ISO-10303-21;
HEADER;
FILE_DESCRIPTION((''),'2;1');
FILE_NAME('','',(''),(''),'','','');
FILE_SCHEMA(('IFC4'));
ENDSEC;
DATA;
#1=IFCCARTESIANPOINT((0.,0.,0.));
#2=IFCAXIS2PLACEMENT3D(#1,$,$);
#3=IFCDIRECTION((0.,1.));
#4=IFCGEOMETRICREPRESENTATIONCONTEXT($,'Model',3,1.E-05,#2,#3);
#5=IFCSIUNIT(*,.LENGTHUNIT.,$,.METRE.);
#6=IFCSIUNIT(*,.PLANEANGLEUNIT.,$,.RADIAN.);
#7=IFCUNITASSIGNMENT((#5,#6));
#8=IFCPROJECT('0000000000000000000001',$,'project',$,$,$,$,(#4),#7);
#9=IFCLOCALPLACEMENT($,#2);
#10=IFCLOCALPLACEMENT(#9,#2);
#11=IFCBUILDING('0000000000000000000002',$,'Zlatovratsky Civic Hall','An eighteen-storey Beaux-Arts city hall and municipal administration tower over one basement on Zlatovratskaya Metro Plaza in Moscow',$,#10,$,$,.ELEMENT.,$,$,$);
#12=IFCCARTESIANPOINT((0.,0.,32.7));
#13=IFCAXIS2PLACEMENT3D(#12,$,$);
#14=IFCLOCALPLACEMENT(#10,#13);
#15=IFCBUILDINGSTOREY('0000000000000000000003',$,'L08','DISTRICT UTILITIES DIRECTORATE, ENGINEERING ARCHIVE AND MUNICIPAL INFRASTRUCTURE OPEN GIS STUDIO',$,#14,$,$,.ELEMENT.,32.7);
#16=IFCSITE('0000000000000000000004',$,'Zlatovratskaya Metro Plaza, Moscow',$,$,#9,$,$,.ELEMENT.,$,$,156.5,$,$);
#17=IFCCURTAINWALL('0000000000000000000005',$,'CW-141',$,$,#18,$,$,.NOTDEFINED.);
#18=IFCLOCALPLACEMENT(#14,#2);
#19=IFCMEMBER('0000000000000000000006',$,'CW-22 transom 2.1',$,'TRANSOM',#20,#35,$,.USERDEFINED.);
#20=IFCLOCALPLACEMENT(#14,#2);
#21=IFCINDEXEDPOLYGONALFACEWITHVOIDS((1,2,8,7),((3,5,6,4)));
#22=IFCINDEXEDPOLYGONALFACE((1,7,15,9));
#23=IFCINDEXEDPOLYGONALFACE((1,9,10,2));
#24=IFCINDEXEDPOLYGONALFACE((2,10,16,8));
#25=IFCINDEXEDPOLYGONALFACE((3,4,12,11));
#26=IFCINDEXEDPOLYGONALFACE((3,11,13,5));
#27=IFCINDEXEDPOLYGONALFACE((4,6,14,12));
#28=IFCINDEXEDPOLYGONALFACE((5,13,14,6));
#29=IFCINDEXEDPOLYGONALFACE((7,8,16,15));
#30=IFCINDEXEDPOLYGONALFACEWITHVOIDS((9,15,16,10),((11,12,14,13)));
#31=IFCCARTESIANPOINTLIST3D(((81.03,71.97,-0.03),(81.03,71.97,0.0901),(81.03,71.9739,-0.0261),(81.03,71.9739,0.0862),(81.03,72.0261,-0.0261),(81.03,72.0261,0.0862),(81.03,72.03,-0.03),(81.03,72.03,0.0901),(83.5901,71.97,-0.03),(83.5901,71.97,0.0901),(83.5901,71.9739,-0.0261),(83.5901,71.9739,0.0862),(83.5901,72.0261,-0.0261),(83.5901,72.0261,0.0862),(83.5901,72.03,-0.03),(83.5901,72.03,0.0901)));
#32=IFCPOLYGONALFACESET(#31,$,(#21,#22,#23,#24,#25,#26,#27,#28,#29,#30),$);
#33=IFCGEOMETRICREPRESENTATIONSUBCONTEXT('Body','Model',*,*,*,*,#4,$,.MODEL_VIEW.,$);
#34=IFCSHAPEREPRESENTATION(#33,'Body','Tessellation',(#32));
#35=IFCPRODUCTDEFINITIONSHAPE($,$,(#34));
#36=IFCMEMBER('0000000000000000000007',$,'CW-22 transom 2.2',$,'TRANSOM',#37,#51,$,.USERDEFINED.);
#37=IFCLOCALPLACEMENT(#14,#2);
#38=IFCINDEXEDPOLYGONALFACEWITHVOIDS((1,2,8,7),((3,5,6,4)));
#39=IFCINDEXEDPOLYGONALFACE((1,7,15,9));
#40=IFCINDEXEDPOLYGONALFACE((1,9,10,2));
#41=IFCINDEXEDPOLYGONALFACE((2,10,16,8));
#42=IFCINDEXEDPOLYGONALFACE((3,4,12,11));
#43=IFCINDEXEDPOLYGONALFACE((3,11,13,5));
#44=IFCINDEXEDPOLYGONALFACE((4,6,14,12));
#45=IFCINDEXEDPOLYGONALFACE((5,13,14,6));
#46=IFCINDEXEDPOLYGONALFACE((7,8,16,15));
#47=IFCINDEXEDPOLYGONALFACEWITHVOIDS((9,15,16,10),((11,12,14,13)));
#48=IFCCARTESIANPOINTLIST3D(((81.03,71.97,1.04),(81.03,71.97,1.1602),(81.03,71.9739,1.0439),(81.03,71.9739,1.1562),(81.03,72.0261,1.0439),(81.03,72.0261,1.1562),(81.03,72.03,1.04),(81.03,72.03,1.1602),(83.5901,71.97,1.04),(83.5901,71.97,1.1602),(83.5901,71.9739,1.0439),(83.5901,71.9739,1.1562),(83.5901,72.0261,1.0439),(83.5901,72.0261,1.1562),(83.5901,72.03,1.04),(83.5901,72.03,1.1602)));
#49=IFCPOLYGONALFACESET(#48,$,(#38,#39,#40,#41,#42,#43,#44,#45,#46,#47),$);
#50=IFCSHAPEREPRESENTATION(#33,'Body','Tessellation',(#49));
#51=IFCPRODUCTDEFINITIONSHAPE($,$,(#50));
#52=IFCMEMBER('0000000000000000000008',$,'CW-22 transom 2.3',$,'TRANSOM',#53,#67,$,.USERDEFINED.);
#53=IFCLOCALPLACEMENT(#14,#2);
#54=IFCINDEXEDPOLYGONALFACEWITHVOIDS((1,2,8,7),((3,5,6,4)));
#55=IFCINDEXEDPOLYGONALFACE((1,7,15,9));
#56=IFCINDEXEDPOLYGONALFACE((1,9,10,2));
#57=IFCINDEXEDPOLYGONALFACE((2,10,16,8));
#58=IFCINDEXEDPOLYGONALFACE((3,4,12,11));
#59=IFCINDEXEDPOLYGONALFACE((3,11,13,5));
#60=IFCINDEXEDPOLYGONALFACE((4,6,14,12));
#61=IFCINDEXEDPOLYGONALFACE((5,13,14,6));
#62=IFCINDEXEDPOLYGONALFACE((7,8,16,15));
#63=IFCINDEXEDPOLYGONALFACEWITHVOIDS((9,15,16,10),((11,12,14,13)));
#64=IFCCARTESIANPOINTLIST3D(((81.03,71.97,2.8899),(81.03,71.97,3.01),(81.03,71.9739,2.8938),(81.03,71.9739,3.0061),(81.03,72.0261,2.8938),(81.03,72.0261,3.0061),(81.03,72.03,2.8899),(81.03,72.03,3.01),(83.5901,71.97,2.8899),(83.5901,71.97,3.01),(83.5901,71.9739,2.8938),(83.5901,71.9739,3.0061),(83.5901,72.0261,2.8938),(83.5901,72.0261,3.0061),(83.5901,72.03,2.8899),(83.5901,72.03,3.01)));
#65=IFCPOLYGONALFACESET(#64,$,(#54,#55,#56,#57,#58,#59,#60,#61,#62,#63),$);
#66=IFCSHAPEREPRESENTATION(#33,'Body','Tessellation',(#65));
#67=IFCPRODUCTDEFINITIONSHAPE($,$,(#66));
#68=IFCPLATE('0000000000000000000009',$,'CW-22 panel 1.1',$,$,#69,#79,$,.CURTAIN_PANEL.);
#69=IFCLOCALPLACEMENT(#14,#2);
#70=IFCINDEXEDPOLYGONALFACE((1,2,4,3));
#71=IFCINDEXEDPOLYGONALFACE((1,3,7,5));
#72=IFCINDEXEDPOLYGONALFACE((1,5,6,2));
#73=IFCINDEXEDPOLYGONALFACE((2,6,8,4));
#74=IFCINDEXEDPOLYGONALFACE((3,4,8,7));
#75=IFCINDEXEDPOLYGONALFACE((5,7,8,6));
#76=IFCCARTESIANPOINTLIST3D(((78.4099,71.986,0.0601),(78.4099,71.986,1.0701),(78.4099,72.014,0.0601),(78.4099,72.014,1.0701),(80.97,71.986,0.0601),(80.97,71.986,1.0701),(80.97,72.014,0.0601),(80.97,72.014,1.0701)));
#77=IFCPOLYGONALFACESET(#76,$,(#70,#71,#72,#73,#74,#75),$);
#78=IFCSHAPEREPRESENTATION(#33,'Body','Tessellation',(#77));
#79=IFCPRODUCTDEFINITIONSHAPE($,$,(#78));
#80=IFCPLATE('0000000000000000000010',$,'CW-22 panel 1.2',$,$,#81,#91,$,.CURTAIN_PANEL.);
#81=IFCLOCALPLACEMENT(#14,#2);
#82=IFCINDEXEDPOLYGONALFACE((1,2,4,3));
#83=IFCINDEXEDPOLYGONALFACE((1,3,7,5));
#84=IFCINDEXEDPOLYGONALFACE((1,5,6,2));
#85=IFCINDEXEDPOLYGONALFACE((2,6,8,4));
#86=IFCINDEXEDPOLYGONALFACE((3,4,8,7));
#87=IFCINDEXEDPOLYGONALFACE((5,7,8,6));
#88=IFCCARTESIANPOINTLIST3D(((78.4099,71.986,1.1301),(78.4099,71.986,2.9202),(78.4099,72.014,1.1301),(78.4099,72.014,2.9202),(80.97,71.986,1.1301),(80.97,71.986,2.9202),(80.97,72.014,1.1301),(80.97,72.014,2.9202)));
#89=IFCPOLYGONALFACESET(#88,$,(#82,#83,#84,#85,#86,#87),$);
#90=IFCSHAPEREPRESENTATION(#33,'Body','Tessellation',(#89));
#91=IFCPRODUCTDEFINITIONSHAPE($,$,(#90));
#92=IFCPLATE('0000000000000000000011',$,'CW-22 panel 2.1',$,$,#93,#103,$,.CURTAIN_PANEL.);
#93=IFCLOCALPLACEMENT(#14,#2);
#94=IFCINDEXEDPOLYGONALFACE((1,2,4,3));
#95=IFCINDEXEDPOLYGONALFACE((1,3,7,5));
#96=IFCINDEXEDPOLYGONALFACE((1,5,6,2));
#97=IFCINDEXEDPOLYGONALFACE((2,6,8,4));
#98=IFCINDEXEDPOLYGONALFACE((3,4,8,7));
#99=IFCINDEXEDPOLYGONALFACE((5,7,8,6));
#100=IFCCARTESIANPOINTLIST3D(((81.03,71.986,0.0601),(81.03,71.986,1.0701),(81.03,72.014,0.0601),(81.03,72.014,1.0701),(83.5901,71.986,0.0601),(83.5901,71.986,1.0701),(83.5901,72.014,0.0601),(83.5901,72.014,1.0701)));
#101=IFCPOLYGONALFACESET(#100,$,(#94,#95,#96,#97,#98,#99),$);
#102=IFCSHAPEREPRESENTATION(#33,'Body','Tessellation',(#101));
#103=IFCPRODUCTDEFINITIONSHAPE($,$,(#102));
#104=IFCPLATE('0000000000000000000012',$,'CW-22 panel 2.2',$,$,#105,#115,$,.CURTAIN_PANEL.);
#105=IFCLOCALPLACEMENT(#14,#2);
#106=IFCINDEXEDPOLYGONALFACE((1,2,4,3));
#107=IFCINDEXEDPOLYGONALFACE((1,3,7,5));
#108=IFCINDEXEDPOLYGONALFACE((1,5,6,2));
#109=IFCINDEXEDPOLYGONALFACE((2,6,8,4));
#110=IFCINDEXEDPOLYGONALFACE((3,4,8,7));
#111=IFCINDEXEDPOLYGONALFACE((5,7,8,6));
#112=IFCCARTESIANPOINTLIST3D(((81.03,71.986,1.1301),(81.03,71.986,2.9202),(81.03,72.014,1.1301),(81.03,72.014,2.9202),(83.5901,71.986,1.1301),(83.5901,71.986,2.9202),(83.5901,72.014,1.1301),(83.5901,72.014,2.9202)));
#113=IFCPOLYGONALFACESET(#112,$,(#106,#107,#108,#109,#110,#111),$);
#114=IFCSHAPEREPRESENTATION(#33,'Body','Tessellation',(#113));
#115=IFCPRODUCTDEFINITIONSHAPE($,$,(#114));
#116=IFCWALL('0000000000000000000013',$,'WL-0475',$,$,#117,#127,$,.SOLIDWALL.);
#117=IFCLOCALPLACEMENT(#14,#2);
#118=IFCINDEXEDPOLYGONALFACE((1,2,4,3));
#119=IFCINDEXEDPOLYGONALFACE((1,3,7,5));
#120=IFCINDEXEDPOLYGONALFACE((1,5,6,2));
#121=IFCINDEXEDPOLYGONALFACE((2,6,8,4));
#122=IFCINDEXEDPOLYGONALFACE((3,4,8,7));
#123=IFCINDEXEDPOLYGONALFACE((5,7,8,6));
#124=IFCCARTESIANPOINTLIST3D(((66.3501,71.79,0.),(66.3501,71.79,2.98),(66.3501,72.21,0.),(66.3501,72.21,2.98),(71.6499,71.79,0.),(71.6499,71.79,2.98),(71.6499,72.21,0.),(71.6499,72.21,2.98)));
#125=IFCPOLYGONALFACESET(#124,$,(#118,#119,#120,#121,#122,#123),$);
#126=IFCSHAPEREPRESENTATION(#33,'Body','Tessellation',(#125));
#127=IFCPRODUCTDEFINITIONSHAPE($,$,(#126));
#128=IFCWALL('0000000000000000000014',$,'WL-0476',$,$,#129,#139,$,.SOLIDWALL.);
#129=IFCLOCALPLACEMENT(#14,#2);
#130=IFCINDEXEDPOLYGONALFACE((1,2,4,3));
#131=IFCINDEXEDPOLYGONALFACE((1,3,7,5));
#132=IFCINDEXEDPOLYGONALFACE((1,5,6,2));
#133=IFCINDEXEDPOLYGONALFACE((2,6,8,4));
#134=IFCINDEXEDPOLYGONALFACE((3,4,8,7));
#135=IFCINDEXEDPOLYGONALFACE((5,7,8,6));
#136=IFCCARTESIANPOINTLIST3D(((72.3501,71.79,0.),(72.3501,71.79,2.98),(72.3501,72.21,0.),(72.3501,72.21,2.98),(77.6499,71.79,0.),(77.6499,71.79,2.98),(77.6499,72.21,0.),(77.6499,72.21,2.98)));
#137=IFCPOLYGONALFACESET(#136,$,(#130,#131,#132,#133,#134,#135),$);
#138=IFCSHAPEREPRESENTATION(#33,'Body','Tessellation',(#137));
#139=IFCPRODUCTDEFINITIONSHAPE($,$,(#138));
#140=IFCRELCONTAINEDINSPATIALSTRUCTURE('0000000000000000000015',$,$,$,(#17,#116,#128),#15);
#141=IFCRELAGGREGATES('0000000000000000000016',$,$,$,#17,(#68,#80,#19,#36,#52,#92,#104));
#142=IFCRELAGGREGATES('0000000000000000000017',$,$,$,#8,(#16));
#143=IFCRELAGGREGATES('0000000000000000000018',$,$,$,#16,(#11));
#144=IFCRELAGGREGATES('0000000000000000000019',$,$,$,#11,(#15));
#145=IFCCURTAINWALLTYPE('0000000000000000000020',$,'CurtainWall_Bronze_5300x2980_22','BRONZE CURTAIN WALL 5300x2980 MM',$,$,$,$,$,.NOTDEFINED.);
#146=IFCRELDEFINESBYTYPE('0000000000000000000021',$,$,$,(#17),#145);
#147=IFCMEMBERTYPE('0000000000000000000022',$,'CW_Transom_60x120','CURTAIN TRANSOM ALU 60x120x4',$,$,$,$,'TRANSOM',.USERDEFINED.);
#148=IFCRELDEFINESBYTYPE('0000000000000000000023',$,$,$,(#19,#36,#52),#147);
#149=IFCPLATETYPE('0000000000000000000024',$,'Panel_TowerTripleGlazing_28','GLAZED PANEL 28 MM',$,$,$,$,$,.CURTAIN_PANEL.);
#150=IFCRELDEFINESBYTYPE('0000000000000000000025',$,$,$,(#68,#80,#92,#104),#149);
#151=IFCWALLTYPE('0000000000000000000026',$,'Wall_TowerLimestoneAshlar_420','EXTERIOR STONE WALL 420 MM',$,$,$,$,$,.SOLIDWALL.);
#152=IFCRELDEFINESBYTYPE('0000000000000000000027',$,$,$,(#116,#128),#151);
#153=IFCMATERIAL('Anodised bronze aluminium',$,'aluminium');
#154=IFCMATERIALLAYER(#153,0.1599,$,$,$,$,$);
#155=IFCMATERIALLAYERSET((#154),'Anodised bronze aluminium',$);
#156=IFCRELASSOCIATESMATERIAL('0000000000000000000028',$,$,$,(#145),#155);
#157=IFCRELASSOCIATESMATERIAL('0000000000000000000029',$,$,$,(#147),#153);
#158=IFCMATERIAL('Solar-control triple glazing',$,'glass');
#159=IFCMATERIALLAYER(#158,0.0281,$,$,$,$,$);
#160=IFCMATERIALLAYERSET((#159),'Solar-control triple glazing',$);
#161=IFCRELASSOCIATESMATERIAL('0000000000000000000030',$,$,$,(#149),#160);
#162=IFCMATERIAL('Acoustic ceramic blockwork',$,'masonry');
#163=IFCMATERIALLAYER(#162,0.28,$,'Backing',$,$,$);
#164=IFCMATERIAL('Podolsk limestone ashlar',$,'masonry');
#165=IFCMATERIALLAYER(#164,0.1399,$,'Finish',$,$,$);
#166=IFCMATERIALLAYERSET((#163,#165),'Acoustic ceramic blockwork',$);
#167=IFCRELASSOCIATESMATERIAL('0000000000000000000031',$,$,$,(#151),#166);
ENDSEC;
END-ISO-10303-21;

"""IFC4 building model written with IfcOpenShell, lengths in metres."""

from ifc_helpers import new_model, si_unit, direction, frame, frame_2d, origin, origin_2d, place, context, subcontext, project, spatial, rectangle, hollow_rectangle, extrude, material, layer, layer_set, material_profile, profile_set, type_object, element, aggregate, save


model = new_model("IFC4")

# Units and contexts
model_context = context("Model", 3, precision=1e-05, world=origin(), true_north=direction((0.0, 1.0)))
body_context = subcontext(model_context, "Body", "Model", "MODEL_VIEW")
ifc_project = project(units=[si_unit("LENGTHUNIT", "METRE"), si_unit("PLANEANGLEUNIT", "RADIAN")], contexts=[model_context])

# Site, building, storey
site_placement = place(None, origin())
site = spatial("IfcSite", under=ifc_project, at=site_placement, Name="Zlatovratskaya Metro Plaza, Moscow", CompositionType="ELEMENT", RefElevation=156.5)
building_placement = place(site_placement, origin())
building = spatial("IfcBuilding", under=site, at=building_placement, Name="Zlatovratsky Civic Hall", Description="An eighteen-storey Beaux-Arts city hall and municipal administration tower over one basement on Zlatovratskaya Metro Plaza in Moscow", CompositionType="ELEMENT")
storey_placement = place(building_placement, frame((0.0, 0.0, 32.7)))
storey = spatial("IfcBuildingStorey", under=building, at=storey_placement, Name="L08", Description="DISTRICT UTILITIES DIRECTORATE, ENGINEERING ARCHIVE AND MUNICIPAL INFRASTRUCTURE OPEN GIS STUDIO", CompositionType="ELEMENT", Elevation=32.7)

# Curtain wall, members, plates
ifc_material_1 = material(Name="Anodised bronze aluminium", Category="aluminium")
ifc_layer_1 = layer(ifc_material_1, 0.1599)
ifc_layer_set_1 = layer_set([ifc_layer_1], Name="Anodised bronze aluminium")
curtain_wall_type = type_object("IfcCurtainWallType", Name="CurtainWall_Bronze_5300x2980_22", Description="BRONZE CURTAIN WALL 5300x2980 MM", PredefinedType="NOTDEFINED", material=ifc_layer_set_1)
curtain_wall_placement = place(storey_placement, origin())
curtain_wall = element("IfcCurtainWall", 1, at=curtain_wall_placement, inside=storey, type_object=curtain_wall_type, Name="CW-141", PredefinedType="NOTDEFINED")
ifc_material_profile_1 = material_profile(ifc_material_1, hollow_rectangle(XDim=0.0601, YDim=0.1201, WallThickness=0.0039, at=origin_2d()), Name="ALU 60x120x4")
ifc_profile_set_1 = profile_set([ifc_material_profile_1], Name="Anodised bronze aluminium")
member_type_1 = type_object("IfcMemberType", Name="CW_Transom_60x120", Description="CURTAIN TRANSOM ALU 60x120x4", ElementType="TRANSOM", PredefinedType="USERDEFINED", material=ifc_profile_set_1)
member_1_placement = place(storey_placement, frame((81.03, 72.0, 0.03), z_axis=(1.0, 0.0, 0.0), x_axis=(0.0, 1.0, 0.0)))
member_1 = element("IfcMember", 2, at=member_1_placement, type_object=member_type_1, Name="CW-22 transom 2.1", ObjectType="TRANSOM", PredefinedType="USERDEFINED", context=body_context, shape_type="SweptSolid", body=[
    extrude(hollow_rectangle(XDim=0.0601, YDim=0.1201, WallThickness=0.0039, at=origin_2d()), origin(), (0.0, 0.0, 1.0), 2.5601),
])
member_2_placement = place(storey_placement, frame((81.03, 72.0, 1.1001), z_axis=(1.0, 0.0, 0.0), x_axis=(0.0, 1.0, 0.0)))
member_2 = element("IfcMember", 3, at=member_2_placement, type_object=member_type_1, Name="CW-22 transom 2.2", ObjectType="TRANSOM", PredefinedType="USERDEFINED", context=body_context, shape_type="SweptSolid", body=[
    extrude(hollow_rectangle(XDim=0.0601, YDim=0.1201, WallThickness=0.0039, at=origin_2d()), origin(), (0.0, 0.0, 1.0), 2.5601),
])
member_3_placement = place(storey_placement, frame((81.03, 72.0, 2.95), z_axis=(1.0, 0.0, 0.0), x_axis=(0.0, 1.0, 0.0)))
member_3 = element("IfcMember", 4, at=member_3_placement, type_object=member_type_1, Name="CW-22 transom 2.3", ObjectType="TRANSOM", PredefinedType="USERDEFINED", context=body_context, shape_type="SweptSolid", body=[
    extrude(hollow_rectangle(XDim=0.0601, YDim=0.1201, WallThickness=0.0039, at=origin_2d()), origin(), (0.0, 0.0, 1.0), 2.5601),
])
ifc_material_2 = material(Name="Solar-control triple glazing", Category="glass")
ifc_layer_2 = layer(ifc_material_2, 0.0281)
ifc_layer_set_2 = layer_set([ifc_layer_2], Name="Solar-control triple glazing")
plate_type = type_object("IfcPlateType", Name="Panel_TowerTripleGlazing_28", Description="GLAZED PANEL 28 MM", PredefinedType="CURTAIN_PANEL", material=ifc_layer_set_2)
plate_1_placement = place(storey_placement, frame((79.6899, 72.0, 0.0601), z_axis=(0.0, 0.0, 1.0), x_axis=(1.0, 0.0, 0.0)))
plate_1 = element("IfcPlate", 5, at=plate_1_placement, type_object=plate_type, Name="CW-22 panel 1.1", PredefinedType="CURTAIN_PANEL", context=body_context, shape_type="SweptSolid", body=[
    extrude(rectangle(XDim=2.5601, YDim=0.0281, at=origin_2d()), origin(), (0.0, 0.0, 1.0), 1.01),
])
plate_2_placement = place(storey_placement, frame((79.6899, 72.0, 1.1301), z_axis=(0.0, 0.0, 1.0), x_axis=(1.0, 0.0, 0.0)))
plate_2 = element("IfcPlate", 6, at=plate_2_placement, type_object=plate_type, Name="CW-22 panel 1.2", PredefinedType="CURTAIN_PANEL", context=body_context, shape_type="SweptSolid", body=[
    extrude(rectangle(XDim=2.5601, YDim=0.0281, at=origin_2d()), origin(), (0.0, 0.0, 1.0), 1.79),
])
plate_3_placement = place(storey_placement, frame((82.3101, 72.0, 0.0601), z_axis=(0.0, 0.0, 1.0), x_axis=(1.0, 0.0, 0.0)))
plate_3 = element("IfcPlate", 7, at=plate_3_placement, type_object=plate_type, Name="CW-22 panel 2.1", PredefinedType="CURTAIN_PANEL", context=body_context, shape_type="SweptSolid", body=[
    extrude(rectangle(XDim=2.5601, YDim=0.0281, at=origin_2d()), origin(), (0.0, 0.0, 1.0), 1.01),
])
plate_4_placement = place(storey_placement, frame((82.3101, 72.0, 1.1301), z_axis=(0.0, 0.0, 1.0), x_axis=(1.0, 0.0, 0.0)))
plate_4 = element("IfcPlate", 8, at=plate_4_placement, type_object=plate_type, Name="CW-22 panel 2.2", PredefinedType="CURTAIN_PANEL", context=body_context, shape_type="SweptSolid", body=[
    extrude(rectangle(XDim=2.5601, YDim=0.0281, at=origin_2d()), origin(), (0.0, 0.0, 1.0), 1.79),
])
aggregate(curtain_wall, [plate_1, plate_2, member_1, member_2, member_3, plate_3, plate_4])

# Walls
ifc_material_3 = material(Name="Acoustic ceramic blockwork", Category="masonry")
ifc_layer_3 = layer(ifc_material_3, 0.28, Name="Backing")
ifc_material_4 = material(Name="Podolsk limestone ashlar", Category="masonry")
ifc_layer_4 = layer(ifc_material_4, 0.1399, Name="Finish")
ifc_layer_set_3 = layer_set([ifc_layer_3, ifc_layer_4], Name="Acoustic ceramic blockwork")
wall_type = type_object("IfcWallType", Name="Wall_TowerLimestoneAshlar_420", Description="EXTERIOR STONE WALL 420 MM", PredefinedType="SOLIDWALL", material=ifc_layer_set_3)
for number, where, z_axis, x_axis, name in (
    (9, (66.3501, 72.0, 0.0), (0.0, 0.0, 1.0), (1.0, 0.0, 0.0), "WL-0475"),
    (10, (72.3501, 72.0, 0.0), (0.0, 0.0, 1.0), (1.0, 0.0, 0.0), "WL-0476"),
):
    element("IfcWall", number, at=place(storey_placement, frame(where, z_axis=z_axis, x_axis=x_axis)), inside=storey, type_object=wall_type, Name=name, PredefinedType="SOLIDWALL", context=body_context, shape_type="SweptSolid", body=[
        extrude(rectangle(XDim=5.2998, YDim=0.4199, at=frame_2d((2.6499, 0.0))), origin(), (0.0, 0.0, 1.0), 2.98),
    ])

save(model, "model.ifc")
